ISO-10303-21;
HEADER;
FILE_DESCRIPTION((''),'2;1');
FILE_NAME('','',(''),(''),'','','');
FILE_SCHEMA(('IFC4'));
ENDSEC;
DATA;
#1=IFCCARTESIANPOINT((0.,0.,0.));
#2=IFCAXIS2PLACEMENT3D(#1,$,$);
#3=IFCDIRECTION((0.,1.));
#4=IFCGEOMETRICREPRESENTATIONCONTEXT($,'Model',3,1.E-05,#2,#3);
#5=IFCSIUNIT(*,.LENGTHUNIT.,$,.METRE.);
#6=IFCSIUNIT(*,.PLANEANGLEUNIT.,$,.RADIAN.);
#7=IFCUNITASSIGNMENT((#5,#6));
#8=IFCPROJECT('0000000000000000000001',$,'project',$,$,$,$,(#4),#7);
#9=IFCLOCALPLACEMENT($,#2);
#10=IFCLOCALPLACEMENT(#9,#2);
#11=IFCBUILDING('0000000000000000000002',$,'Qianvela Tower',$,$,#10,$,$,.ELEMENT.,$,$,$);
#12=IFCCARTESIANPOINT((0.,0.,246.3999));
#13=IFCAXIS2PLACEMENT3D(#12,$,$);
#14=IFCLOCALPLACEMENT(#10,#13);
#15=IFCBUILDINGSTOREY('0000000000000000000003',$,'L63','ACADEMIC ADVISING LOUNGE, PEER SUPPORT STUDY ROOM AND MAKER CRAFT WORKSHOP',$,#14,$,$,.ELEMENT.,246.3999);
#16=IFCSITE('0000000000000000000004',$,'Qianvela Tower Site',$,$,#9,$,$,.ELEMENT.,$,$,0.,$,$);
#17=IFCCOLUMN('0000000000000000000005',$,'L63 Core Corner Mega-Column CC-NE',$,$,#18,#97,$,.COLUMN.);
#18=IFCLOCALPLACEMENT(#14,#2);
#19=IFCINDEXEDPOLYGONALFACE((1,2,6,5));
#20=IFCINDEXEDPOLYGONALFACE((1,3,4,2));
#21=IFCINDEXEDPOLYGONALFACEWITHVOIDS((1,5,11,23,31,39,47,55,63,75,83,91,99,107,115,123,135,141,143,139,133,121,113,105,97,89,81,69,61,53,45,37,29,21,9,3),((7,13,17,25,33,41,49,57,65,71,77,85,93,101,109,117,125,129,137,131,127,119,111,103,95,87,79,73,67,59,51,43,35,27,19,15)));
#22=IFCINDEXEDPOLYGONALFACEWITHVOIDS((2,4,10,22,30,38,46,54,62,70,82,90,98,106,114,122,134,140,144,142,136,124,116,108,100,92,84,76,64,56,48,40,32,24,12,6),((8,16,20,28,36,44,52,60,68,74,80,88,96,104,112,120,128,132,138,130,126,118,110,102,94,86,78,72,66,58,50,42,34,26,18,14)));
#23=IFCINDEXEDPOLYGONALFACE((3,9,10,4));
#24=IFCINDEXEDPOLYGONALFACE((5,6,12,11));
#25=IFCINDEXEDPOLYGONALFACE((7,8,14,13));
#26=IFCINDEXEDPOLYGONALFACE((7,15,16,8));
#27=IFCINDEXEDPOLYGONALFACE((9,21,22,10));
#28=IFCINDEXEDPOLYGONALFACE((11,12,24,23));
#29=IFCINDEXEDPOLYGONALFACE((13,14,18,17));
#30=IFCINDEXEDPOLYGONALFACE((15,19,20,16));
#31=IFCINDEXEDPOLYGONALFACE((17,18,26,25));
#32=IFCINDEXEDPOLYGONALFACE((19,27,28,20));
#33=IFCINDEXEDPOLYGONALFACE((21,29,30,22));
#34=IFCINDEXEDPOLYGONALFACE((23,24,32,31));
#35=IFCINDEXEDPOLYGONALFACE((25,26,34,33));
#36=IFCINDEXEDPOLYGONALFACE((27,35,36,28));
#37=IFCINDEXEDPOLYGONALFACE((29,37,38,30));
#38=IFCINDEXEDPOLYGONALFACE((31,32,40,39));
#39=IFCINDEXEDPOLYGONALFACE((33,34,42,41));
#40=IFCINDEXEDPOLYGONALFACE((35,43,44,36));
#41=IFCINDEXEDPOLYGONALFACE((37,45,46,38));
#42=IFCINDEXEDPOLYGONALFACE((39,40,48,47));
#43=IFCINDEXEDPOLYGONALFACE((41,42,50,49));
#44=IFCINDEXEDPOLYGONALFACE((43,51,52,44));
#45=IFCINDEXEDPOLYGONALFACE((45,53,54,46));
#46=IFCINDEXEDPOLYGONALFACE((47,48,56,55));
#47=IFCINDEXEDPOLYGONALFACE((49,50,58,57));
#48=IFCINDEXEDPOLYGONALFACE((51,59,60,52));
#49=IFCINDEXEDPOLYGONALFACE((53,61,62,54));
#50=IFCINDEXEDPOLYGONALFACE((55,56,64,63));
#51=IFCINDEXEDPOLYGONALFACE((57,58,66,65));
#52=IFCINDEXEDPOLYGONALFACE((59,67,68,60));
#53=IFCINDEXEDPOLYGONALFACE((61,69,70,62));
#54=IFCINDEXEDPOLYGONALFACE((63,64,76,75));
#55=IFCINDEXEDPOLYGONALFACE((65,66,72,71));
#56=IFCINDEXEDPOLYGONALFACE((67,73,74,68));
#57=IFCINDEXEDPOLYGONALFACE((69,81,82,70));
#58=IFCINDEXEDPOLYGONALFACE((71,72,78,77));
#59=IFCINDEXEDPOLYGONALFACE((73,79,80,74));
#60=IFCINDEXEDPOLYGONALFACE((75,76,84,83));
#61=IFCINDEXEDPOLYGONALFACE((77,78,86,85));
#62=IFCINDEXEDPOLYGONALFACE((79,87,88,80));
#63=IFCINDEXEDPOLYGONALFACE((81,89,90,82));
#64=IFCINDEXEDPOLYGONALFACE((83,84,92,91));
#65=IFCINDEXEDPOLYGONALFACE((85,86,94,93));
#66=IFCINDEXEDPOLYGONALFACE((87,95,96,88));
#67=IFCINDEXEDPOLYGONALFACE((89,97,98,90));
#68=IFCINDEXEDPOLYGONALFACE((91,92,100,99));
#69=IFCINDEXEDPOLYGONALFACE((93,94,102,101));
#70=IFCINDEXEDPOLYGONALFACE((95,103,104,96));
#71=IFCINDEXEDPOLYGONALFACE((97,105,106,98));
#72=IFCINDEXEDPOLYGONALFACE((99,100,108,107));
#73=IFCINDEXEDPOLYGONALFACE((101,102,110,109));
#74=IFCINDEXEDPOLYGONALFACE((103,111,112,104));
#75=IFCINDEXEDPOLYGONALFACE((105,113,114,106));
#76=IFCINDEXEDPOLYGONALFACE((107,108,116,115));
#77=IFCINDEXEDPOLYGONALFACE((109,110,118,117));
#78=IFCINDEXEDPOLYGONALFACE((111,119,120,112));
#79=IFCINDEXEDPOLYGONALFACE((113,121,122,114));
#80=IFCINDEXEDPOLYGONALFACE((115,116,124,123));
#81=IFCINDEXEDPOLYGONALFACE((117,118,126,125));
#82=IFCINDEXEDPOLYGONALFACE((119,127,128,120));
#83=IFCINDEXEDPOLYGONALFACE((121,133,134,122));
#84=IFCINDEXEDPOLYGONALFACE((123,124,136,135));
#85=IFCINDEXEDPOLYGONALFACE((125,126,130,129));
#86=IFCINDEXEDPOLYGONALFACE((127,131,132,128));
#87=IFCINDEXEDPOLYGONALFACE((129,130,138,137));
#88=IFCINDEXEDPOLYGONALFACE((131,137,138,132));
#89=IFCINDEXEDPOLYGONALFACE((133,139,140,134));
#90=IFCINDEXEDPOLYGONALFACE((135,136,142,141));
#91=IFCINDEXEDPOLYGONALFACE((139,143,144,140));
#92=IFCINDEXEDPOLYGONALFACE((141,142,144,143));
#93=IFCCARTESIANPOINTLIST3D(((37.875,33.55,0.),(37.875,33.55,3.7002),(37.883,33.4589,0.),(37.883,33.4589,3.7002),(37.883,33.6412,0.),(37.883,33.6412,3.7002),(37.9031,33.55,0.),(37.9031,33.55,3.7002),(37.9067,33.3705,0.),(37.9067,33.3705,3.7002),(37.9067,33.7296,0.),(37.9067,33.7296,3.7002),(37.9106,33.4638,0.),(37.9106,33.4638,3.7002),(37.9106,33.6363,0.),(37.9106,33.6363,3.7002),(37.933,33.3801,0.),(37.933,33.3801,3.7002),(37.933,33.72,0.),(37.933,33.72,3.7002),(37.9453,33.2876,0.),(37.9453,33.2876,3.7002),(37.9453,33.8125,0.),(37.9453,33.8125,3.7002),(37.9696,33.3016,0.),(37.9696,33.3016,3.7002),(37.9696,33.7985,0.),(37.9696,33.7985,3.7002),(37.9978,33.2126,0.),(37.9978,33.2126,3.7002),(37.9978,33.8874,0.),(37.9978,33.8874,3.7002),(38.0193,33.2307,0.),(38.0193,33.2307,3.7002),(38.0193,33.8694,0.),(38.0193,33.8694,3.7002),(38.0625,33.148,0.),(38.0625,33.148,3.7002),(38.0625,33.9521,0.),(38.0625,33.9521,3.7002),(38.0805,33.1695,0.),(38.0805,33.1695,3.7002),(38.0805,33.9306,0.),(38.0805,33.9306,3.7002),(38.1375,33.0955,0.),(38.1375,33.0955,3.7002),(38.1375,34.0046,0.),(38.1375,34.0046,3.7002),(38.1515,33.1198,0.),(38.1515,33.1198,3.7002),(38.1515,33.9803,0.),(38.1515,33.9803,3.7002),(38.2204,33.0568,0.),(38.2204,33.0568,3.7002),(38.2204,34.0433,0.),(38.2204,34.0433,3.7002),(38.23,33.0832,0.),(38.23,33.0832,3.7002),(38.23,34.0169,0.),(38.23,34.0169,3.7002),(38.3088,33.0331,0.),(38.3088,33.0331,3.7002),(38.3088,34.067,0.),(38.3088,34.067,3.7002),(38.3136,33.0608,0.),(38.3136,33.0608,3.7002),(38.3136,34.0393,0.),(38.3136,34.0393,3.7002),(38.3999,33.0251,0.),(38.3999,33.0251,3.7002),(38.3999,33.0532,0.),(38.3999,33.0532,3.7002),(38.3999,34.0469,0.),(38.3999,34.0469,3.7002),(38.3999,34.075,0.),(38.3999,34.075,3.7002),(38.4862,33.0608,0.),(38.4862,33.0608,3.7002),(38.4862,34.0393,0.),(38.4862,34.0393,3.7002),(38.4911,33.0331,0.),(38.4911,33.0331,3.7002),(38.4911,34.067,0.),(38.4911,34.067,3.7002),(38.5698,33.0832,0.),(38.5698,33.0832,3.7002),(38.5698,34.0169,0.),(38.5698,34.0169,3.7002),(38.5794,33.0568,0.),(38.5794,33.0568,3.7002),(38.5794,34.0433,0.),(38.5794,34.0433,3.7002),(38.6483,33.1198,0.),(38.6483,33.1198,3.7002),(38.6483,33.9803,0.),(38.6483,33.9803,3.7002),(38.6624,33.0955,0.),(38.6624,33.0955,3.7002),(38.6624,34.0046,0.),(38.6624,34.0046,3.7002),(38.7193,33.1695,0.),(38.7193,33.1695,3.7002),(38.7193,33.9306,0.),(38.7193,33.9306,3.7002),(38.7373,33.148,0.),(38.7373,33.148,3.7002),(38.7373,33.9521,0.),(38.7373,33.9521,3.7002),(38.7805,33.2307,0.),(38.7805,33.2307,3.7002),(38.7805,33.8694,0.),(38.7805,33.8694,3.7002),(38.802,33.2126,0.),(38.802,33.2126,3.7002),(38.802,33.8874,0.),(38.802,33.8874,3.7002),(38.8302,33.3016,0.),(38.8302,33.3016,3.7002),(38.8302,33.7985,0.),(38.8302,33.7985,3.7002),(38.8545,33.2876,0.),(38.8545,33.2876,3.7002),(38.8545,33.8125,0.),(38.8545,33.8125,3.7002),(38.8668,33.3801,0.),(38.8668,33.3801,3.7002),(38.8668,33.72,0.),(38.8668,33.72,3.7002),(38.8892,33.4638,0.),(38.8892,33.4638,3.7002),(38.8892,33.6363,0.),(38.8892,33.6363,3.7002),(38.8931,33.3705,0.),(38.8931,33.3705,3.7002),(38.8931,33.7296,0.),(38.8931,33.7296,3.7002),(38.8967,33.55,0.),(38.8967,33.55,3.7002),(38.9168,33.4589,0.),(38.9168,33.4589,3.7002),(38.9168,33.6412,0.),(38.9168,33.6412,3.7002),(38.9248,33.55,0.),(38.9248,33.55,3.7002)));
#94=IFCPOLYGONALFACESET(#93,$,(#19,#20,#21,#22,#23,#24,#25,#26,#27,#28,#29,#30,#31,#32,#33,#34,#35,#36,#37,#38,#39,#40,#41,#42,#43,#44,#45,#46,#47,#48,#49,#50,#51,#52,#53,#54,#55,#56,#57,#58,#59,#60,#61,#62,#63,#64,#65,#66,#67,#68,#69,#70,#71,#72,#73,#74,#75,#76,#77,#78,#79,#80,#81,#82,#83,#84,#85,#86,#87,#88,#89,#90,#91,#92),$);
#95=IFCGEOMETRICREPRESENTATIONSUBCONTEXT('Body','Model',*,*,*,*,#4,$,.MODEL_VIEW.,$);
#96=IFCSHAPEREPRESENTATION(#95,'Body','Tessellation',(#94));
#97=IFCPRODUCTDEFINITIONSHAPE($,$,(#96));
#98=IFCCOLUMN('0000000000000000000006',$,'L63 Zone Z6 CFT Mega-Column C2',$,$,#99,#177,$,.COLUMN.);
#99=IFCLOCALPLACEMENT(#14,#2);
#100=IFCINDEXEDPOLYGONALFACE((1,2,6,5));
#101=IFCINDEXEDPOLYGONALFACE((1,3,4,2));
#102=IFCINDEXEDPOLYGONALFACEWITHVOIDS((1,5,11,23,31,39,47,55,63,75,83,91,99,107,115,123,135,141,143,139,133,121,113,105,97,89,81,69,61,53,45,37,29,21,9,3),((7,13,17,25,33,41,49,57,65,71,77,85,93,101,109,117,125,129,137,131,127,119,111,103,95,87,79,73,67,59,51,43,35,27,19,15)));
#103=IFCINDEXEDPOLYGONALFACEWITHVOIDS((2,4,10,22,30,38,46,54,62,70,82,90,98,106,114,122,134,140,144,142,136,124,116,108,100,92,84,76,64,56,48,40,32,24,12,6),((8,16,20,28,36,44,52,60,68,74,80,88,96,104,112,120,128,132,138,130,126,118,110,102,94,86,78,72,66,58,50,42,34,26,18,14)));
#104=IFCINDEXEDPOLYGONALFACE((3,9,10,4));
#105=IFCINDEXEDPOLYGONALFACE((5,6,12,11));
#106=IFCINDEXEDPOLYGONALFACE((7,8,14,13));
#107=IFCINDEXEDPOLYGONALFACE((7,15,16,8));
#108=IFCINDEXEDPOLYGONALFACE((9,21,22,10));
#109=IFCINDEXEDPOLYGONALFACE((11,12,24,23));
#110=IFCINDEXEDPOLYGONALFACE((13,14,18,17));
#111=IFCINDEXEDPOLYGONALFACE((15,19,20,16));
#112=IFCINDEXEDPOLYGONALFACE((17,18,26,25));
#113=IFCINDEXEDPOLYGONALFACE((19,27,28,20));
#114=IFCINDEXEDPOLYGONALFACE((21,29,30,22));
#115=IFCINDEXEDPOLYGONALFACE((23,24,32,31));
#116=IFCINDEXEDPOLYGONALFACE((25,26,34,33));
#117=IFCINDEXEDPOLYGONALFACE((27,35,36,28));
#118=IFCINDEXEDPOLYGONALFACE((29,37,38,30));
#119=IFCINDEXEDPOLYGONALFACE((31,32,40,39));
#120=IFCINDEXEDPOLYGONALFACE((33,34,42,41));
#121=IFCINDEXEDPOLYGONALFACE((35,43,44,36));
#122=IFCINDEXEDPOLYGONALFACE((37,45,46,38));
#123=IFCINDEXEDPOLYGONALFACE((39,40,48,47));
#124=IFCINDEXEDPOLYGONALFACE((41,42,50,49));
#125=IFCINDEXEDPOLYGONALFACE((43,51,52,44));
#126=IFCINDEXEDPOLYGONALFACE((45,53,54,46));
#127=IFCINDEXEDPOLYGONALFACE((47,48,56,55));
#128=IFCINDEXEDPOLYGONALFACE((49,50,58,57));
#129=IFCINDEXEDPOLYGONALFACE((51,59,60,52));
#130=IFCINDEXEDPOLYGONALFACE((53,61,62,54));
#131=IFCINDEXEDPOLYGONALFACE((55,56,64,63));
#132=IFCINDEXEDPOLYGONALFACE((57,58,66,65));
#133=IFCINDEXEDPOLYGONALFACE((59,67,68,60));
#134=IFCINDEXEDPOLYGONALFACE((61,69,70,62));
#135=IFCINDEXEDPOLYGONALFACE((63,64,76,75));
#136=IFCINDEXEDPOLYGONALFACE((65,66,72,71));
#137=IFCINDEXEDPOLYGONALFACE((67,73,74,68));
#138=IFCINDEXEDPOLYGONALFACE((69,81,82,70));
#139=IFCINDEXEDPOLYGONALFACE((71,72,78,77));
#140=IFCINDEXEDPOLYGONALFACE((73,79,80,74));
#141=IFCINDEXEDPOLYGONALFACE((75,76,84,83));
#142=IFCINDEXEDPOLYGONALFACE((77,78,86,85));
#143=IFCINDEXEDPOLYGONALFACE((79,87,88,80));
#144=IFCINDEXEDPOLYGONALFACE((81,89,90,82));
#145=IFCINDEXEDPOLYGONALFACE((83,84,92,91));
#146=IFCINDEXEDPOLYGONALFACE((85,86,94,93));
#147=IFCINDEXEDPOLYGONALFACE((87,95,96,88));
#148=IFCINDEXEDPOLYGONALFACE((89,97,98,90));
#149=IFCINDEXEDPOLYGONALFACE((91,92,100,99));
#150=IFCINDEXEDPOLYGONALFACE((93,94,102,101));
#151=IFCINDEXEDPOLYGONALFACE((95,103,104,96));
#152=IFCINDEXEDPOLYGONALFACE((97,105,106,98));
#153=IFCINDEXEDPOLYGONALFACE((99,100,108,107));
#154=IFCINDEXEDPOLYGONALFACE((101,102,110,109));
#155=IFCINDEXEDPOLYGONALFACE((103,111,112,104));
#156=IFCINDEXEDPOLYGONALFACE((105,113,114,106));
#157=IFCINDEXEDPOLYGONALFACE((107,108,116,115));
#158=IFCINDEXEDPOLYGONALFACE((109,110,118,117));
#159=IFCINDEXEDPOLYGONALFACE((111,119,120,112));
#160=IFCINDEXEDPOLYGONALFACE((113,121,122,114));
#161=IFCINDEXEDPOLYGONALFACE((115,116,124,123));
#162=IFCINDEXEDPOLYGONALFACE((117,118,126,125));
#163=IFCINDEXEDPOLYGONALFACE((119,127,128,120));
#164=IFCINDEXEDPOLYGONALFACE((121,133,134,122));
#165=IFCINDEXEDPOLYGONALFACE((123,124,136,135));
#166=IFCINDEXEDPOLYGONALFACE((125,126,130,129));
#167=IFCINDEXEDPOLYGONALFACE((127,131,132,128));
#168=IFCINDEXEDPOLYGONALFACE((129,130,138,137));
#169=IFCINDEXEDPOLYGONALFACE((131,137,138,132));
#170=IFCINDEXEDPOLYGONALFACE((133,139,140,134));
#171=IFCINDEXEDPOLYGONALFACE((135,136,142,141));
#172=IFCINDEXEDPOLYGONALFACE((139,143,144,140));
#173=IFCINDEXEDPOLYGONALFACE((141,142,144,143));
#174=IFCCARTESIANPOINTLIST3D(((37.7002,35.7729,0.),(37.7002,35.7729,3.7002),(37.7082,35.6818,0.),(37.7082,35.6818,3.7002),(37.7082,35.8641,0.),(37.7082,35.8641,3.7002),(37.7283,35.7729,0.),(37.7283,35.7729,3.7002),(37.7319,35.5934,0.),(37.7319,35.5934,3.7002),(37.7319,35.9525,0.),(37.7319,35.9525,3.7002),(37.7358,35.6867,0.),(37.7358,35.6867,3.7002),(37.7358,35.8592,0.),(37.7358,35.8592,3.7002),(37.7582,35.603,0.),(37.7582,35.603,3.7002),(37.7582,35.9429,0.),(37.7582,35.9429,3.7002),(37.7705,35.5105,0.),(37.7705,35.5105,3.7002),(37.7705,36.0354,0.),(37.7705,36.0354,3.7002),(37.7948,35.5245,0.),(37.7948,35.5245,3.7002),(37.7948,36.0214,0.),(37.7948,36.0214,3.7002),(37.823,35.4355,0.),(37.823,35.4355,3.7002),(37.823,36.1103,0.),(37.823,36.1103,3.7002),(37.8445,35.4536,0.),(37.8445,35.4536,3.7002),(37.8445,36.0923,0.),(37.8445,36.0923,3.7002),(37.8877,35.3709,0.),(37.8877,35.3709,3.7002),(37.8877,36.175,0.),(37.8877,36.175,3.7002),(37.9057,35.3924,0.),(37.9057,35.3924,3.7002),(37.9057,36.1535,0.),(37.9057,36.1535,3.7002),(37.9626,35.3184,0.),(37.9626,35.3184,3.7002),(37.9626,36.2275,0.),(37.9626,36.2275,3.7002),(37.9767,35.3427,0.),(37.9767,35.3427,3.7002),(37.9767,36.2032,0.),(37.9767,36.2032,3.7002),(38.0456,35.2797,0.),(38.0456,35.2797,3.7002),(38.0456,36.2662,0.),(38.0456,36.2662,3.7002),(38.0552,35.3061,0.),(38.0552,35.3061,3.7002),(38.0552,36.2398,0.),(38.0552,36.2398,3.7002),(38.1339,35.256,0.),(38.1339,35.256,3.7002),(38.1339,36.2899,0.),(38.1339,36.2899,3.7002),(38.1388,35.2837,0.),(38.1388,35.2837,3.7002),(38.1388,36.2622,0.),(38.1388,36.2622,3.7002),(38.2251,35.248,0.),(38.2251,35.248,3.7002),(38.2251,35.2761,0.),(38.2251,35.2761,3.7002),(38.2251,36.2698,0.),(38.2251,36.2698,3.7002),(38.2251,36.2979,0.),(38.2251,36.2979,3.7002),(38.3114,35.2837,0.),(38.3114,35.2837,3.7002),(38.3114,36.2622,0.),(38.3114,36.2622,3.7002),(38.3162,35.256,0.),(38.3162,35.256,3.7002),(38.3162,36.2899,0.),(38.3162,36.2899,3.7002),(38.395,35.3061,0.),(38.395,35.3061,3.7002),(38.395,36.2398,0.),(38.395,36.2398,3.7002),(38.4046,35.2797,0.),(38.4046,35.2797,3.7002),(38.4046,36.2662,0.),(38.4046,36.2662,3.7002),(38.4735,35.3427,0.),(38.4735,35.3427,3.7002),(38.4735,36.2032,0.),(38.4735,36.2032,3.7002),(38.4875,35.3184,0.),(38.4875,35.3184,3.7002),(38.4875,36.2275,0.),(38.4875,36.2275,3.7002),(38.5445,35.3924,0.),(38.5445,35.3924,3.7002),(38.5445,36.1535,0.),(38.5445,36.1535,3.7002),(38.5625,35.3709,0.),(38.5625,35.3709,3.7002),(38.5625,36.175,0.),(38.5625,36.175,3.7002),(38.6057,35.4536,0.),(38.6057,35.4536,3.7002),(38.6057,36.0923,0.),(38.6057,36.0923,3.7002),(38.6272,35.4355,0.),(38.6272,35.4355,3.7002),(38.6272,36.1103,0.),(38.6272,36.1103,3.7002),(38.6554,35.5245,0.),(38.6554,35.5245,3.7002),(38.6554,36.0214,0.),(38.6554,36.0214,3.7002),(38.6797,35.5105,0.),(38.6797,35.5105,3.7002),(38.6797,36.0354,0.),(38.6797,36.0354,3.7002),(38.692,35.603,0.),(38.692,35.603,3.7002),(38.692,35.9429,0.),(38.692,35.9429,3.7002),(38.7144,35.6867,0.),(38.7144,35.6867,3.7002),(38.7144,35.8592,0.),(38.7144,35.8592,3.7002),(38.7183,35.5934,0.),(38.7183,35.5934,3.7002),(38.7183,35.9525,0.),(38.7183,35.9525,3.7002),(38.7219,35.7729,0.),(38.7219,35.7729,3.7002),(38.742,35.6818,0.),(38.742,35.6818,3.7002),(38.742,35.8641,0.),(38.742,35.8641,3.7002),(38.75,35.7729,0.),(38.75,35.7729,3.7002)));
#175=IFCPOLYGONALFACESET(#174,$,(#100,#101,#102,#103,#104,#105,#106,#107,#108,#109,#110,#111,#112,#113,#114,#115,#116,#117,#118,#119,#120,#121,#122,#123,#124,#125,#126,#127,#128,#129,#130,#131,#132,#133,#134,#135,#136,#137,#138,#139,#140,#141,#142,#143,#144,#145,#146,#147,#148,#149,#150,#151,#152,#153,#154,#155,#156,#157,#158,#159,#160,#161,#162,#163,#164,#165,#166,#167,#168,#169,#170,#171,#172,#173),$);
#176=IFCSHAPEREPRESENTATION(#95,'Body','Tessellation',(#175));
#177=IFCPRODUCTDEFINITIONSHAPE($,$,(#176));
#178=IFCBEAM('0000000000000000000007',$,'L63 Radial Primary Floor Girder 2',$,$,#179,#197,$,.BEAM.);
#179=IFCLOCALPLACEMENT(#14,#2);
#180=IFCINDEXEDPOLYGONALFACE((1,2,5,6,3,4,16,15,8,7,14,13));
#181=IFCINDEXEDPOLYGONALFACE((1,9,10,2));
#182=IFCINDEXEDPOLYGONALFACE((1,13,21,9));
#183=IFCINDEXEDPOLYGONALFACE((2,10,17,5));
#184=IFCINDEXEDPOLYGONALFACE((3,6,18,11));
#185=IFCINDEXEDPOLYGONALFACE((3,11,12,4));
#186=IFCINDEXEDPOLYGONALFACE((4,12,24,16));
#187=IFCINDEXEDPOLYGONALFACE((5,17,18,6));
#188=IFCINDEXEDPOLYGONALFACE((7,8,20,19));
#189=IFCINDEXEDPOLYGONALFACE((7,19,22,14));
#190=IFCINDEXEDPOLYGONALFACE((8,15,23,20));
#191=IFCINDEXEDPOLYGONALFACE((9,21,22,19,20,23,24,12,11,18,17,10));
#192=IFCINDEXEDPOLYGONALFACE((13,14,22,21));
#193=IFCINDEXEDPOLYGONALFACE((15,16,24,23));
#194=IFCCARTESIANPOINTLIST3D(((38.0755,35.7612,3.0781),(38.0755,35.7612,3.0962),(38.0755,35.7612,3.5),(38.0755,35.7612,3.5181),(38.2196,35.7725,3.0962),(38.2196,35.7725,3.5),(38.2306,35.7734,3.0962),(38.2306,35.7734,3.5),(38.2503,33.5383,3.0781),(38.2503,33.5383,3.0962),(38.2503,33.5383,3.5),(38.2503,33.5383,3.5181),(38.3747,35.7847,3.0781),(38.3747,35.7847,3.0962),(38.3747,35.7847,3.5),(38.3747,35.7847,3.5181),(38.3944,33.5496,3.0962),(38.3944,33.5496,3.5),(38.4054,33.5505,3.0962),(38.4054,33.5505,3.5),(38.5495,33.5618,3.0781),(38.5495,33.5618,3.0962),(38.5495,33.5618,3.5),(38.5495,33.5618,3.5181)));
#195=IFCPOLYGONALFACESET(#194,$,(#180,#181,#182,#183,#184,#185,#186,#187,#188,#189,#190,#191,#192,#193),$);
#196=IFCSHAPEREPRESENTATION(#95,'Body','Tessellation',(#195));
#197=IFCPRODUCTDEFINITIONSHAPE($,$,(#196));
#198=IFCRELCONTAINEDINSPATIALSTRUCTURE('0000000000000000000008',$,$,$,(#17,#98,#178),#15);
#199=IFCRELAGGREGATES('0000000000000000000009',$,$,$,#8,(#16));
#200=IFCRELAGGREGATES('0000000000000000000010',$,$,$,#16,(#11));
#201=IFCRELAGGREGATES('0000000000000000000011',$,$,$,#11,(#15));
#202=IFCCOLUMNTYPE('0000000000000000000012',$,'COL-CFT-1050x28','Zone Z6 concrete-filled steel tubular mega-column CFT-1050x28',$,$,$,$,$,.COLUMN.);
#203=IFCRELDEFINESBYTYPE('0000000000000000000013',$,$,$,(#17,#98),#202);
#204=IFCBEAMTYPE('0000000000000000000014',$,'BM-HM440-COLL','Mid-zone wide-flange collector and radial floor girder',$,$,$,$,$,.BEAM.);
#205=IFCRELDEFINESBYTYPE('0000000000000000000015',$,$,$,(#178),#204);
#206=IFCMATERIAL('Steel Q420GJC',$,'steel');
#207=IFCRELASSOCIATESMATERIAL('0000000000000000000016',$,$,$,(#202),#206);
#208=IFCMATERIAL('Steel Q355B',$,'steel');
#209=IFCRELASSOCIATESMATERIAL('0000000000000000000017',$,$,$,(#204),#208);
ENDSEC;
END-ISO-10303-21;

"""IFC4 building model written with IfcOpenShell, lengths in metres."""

from ifc_helpers import new_model, si_unit, direction, frame, origin, origin_2d, place, context, subcontext, project, spatial, hollow_circle, i_section, extrude, material, material_profile, profile_set, type_object, element, save


model = new_model("IFC4")

# Units and contexts
model_context = context("Model", 3, precision=1e-05, world=origin(), true_north=direction((0.0, 1.0)))
body_context = subcontext(model_context, "Body", "Model", "MODEL_VIEW")
ifc_project = project(units=[si_unit("LENGTHUNIT", "METRE"), si_unit("PLANEANGLEUNIT", "RADIAN")], contexts=[model_context])

# Site, building, storey
site_placement = place(None, origin())
site = spatial("IfcSite", under=ifc_project, at=site_placement, Name="Qianvela Tower Site", CompositionType="ELEMENT", RefElevation=0.0)
building_placement = place(site_placement, origin())
building = spatial("IfcBuilding", under=site, at=building_placement, Name="Qianvela Tower", CompositionType="ELEMENT")
storey_placement = place(building_placement, frame((0.0, 0.0, 246.3999)))
storey = spatial("IfcBuildingStorey", under=building, at=storey_placement, Name="L63", Description="ACADEMIC ADVISING LOUNGE, PEER SUPPORT STUDY ROOM AND MAKER CRAFT WORKSHOP", CompositionType="ELEMENT", Elevation=246.3999)

# Columns
ifc_material_1 = material(Name="Steel Q420GJC", Category="steel")
ifc_material_profile_1 = material_profile(ifc_material_1, hollow_circle(Radius=0.5249, WallThickness=0.0281, at=origin_2d()), Name="CFT-1050x28")
ifc_profile_set_1 = profile_set([ifc_material_profile_1], Name="Steel Q420GJC")
column_type = type_object("IfcColumnType", Name="COL-CFT-1050x28", Description="Zone Z6 concrete-filled steel tubular mega-column CFT-1050x28", PredefinedType="COLUMN", material=ifc_profile_set_1)
for number, where, z_axis, x_axis, name in (
    (1, (38.3999, 33.55, 0.0), (0.0, 0.0, 1.0), (1.0, 0.0, 0.0), "L63 Core Corner Mega-Column CC-NE"),
    (2, (38.2251, 35.7729, 0.0), (0.0, 0.0, 1.0), (1.0, 0.0, 0.0), "L63 Zone Z6 CFT Mega-Column C2"),
):
    element("IfcColumn", number, at=place(storey_placement, frame(where, z_axis=z_axis, x_axis=x_axis)), inside=storey, type_object=column_type, Name=name, PredefinedType="COLUMN", context=body_context, shape_type="SweptSolid", body=[
        extrude(hollow_circle(Radius=0.5249, WallThickness=0.0281, at=origin_2d()), origin(), (0.0, 0.0, 1.0), 3.7002),
    ])

# Beam
ifc_material_2 = material(Name="Steel Q355B", Category="steel")
ifc_material_profile_2 = material_profile(ifc_material_2, i_section(OverallWidth=0.3, OverallDepth=0.4399, WebThickness=0.011, FlangeThickness=0.0181, at=origin_2d()), Name="HM440x300x11x18")
ifc_profile_set_2 = profile_set([ifc_material_profile_2], Name="Steel Q355B")
beam_type_1 = type_object("IfcBeamType", Name="BM-HM440-COLL", Description="Mid-zone wide-flange collector and radial floor girder", PredefinedType="BEAM", material=ifc_profile_set_2)
beam_1_placement = place(storey_placement, frame((38.3999, 33.55, 3.2981), z_axis=(-0.078396, 0.996922, 0.0), x_axis=(-0.996922, -0.078396, 0.0)))
element("IfcBeam", 3, at=beam_1_placement, inside=storey, type_object=beam_type_1, Name="L63 Radial Primary Floor Girder 2", PredefinedType="BEAM", context=body_context, shape_type="SweptSolid", body=[
    extrude(i_section(OverallWidth=0.3, OverallDepth=0.4399, WebThickness=0.011, FlangeThickness=0.0181, at=origin_2d()), origin(), (0.0, 0.0, 1.0), 2.2297),
])

save(model, "model.ifc")
